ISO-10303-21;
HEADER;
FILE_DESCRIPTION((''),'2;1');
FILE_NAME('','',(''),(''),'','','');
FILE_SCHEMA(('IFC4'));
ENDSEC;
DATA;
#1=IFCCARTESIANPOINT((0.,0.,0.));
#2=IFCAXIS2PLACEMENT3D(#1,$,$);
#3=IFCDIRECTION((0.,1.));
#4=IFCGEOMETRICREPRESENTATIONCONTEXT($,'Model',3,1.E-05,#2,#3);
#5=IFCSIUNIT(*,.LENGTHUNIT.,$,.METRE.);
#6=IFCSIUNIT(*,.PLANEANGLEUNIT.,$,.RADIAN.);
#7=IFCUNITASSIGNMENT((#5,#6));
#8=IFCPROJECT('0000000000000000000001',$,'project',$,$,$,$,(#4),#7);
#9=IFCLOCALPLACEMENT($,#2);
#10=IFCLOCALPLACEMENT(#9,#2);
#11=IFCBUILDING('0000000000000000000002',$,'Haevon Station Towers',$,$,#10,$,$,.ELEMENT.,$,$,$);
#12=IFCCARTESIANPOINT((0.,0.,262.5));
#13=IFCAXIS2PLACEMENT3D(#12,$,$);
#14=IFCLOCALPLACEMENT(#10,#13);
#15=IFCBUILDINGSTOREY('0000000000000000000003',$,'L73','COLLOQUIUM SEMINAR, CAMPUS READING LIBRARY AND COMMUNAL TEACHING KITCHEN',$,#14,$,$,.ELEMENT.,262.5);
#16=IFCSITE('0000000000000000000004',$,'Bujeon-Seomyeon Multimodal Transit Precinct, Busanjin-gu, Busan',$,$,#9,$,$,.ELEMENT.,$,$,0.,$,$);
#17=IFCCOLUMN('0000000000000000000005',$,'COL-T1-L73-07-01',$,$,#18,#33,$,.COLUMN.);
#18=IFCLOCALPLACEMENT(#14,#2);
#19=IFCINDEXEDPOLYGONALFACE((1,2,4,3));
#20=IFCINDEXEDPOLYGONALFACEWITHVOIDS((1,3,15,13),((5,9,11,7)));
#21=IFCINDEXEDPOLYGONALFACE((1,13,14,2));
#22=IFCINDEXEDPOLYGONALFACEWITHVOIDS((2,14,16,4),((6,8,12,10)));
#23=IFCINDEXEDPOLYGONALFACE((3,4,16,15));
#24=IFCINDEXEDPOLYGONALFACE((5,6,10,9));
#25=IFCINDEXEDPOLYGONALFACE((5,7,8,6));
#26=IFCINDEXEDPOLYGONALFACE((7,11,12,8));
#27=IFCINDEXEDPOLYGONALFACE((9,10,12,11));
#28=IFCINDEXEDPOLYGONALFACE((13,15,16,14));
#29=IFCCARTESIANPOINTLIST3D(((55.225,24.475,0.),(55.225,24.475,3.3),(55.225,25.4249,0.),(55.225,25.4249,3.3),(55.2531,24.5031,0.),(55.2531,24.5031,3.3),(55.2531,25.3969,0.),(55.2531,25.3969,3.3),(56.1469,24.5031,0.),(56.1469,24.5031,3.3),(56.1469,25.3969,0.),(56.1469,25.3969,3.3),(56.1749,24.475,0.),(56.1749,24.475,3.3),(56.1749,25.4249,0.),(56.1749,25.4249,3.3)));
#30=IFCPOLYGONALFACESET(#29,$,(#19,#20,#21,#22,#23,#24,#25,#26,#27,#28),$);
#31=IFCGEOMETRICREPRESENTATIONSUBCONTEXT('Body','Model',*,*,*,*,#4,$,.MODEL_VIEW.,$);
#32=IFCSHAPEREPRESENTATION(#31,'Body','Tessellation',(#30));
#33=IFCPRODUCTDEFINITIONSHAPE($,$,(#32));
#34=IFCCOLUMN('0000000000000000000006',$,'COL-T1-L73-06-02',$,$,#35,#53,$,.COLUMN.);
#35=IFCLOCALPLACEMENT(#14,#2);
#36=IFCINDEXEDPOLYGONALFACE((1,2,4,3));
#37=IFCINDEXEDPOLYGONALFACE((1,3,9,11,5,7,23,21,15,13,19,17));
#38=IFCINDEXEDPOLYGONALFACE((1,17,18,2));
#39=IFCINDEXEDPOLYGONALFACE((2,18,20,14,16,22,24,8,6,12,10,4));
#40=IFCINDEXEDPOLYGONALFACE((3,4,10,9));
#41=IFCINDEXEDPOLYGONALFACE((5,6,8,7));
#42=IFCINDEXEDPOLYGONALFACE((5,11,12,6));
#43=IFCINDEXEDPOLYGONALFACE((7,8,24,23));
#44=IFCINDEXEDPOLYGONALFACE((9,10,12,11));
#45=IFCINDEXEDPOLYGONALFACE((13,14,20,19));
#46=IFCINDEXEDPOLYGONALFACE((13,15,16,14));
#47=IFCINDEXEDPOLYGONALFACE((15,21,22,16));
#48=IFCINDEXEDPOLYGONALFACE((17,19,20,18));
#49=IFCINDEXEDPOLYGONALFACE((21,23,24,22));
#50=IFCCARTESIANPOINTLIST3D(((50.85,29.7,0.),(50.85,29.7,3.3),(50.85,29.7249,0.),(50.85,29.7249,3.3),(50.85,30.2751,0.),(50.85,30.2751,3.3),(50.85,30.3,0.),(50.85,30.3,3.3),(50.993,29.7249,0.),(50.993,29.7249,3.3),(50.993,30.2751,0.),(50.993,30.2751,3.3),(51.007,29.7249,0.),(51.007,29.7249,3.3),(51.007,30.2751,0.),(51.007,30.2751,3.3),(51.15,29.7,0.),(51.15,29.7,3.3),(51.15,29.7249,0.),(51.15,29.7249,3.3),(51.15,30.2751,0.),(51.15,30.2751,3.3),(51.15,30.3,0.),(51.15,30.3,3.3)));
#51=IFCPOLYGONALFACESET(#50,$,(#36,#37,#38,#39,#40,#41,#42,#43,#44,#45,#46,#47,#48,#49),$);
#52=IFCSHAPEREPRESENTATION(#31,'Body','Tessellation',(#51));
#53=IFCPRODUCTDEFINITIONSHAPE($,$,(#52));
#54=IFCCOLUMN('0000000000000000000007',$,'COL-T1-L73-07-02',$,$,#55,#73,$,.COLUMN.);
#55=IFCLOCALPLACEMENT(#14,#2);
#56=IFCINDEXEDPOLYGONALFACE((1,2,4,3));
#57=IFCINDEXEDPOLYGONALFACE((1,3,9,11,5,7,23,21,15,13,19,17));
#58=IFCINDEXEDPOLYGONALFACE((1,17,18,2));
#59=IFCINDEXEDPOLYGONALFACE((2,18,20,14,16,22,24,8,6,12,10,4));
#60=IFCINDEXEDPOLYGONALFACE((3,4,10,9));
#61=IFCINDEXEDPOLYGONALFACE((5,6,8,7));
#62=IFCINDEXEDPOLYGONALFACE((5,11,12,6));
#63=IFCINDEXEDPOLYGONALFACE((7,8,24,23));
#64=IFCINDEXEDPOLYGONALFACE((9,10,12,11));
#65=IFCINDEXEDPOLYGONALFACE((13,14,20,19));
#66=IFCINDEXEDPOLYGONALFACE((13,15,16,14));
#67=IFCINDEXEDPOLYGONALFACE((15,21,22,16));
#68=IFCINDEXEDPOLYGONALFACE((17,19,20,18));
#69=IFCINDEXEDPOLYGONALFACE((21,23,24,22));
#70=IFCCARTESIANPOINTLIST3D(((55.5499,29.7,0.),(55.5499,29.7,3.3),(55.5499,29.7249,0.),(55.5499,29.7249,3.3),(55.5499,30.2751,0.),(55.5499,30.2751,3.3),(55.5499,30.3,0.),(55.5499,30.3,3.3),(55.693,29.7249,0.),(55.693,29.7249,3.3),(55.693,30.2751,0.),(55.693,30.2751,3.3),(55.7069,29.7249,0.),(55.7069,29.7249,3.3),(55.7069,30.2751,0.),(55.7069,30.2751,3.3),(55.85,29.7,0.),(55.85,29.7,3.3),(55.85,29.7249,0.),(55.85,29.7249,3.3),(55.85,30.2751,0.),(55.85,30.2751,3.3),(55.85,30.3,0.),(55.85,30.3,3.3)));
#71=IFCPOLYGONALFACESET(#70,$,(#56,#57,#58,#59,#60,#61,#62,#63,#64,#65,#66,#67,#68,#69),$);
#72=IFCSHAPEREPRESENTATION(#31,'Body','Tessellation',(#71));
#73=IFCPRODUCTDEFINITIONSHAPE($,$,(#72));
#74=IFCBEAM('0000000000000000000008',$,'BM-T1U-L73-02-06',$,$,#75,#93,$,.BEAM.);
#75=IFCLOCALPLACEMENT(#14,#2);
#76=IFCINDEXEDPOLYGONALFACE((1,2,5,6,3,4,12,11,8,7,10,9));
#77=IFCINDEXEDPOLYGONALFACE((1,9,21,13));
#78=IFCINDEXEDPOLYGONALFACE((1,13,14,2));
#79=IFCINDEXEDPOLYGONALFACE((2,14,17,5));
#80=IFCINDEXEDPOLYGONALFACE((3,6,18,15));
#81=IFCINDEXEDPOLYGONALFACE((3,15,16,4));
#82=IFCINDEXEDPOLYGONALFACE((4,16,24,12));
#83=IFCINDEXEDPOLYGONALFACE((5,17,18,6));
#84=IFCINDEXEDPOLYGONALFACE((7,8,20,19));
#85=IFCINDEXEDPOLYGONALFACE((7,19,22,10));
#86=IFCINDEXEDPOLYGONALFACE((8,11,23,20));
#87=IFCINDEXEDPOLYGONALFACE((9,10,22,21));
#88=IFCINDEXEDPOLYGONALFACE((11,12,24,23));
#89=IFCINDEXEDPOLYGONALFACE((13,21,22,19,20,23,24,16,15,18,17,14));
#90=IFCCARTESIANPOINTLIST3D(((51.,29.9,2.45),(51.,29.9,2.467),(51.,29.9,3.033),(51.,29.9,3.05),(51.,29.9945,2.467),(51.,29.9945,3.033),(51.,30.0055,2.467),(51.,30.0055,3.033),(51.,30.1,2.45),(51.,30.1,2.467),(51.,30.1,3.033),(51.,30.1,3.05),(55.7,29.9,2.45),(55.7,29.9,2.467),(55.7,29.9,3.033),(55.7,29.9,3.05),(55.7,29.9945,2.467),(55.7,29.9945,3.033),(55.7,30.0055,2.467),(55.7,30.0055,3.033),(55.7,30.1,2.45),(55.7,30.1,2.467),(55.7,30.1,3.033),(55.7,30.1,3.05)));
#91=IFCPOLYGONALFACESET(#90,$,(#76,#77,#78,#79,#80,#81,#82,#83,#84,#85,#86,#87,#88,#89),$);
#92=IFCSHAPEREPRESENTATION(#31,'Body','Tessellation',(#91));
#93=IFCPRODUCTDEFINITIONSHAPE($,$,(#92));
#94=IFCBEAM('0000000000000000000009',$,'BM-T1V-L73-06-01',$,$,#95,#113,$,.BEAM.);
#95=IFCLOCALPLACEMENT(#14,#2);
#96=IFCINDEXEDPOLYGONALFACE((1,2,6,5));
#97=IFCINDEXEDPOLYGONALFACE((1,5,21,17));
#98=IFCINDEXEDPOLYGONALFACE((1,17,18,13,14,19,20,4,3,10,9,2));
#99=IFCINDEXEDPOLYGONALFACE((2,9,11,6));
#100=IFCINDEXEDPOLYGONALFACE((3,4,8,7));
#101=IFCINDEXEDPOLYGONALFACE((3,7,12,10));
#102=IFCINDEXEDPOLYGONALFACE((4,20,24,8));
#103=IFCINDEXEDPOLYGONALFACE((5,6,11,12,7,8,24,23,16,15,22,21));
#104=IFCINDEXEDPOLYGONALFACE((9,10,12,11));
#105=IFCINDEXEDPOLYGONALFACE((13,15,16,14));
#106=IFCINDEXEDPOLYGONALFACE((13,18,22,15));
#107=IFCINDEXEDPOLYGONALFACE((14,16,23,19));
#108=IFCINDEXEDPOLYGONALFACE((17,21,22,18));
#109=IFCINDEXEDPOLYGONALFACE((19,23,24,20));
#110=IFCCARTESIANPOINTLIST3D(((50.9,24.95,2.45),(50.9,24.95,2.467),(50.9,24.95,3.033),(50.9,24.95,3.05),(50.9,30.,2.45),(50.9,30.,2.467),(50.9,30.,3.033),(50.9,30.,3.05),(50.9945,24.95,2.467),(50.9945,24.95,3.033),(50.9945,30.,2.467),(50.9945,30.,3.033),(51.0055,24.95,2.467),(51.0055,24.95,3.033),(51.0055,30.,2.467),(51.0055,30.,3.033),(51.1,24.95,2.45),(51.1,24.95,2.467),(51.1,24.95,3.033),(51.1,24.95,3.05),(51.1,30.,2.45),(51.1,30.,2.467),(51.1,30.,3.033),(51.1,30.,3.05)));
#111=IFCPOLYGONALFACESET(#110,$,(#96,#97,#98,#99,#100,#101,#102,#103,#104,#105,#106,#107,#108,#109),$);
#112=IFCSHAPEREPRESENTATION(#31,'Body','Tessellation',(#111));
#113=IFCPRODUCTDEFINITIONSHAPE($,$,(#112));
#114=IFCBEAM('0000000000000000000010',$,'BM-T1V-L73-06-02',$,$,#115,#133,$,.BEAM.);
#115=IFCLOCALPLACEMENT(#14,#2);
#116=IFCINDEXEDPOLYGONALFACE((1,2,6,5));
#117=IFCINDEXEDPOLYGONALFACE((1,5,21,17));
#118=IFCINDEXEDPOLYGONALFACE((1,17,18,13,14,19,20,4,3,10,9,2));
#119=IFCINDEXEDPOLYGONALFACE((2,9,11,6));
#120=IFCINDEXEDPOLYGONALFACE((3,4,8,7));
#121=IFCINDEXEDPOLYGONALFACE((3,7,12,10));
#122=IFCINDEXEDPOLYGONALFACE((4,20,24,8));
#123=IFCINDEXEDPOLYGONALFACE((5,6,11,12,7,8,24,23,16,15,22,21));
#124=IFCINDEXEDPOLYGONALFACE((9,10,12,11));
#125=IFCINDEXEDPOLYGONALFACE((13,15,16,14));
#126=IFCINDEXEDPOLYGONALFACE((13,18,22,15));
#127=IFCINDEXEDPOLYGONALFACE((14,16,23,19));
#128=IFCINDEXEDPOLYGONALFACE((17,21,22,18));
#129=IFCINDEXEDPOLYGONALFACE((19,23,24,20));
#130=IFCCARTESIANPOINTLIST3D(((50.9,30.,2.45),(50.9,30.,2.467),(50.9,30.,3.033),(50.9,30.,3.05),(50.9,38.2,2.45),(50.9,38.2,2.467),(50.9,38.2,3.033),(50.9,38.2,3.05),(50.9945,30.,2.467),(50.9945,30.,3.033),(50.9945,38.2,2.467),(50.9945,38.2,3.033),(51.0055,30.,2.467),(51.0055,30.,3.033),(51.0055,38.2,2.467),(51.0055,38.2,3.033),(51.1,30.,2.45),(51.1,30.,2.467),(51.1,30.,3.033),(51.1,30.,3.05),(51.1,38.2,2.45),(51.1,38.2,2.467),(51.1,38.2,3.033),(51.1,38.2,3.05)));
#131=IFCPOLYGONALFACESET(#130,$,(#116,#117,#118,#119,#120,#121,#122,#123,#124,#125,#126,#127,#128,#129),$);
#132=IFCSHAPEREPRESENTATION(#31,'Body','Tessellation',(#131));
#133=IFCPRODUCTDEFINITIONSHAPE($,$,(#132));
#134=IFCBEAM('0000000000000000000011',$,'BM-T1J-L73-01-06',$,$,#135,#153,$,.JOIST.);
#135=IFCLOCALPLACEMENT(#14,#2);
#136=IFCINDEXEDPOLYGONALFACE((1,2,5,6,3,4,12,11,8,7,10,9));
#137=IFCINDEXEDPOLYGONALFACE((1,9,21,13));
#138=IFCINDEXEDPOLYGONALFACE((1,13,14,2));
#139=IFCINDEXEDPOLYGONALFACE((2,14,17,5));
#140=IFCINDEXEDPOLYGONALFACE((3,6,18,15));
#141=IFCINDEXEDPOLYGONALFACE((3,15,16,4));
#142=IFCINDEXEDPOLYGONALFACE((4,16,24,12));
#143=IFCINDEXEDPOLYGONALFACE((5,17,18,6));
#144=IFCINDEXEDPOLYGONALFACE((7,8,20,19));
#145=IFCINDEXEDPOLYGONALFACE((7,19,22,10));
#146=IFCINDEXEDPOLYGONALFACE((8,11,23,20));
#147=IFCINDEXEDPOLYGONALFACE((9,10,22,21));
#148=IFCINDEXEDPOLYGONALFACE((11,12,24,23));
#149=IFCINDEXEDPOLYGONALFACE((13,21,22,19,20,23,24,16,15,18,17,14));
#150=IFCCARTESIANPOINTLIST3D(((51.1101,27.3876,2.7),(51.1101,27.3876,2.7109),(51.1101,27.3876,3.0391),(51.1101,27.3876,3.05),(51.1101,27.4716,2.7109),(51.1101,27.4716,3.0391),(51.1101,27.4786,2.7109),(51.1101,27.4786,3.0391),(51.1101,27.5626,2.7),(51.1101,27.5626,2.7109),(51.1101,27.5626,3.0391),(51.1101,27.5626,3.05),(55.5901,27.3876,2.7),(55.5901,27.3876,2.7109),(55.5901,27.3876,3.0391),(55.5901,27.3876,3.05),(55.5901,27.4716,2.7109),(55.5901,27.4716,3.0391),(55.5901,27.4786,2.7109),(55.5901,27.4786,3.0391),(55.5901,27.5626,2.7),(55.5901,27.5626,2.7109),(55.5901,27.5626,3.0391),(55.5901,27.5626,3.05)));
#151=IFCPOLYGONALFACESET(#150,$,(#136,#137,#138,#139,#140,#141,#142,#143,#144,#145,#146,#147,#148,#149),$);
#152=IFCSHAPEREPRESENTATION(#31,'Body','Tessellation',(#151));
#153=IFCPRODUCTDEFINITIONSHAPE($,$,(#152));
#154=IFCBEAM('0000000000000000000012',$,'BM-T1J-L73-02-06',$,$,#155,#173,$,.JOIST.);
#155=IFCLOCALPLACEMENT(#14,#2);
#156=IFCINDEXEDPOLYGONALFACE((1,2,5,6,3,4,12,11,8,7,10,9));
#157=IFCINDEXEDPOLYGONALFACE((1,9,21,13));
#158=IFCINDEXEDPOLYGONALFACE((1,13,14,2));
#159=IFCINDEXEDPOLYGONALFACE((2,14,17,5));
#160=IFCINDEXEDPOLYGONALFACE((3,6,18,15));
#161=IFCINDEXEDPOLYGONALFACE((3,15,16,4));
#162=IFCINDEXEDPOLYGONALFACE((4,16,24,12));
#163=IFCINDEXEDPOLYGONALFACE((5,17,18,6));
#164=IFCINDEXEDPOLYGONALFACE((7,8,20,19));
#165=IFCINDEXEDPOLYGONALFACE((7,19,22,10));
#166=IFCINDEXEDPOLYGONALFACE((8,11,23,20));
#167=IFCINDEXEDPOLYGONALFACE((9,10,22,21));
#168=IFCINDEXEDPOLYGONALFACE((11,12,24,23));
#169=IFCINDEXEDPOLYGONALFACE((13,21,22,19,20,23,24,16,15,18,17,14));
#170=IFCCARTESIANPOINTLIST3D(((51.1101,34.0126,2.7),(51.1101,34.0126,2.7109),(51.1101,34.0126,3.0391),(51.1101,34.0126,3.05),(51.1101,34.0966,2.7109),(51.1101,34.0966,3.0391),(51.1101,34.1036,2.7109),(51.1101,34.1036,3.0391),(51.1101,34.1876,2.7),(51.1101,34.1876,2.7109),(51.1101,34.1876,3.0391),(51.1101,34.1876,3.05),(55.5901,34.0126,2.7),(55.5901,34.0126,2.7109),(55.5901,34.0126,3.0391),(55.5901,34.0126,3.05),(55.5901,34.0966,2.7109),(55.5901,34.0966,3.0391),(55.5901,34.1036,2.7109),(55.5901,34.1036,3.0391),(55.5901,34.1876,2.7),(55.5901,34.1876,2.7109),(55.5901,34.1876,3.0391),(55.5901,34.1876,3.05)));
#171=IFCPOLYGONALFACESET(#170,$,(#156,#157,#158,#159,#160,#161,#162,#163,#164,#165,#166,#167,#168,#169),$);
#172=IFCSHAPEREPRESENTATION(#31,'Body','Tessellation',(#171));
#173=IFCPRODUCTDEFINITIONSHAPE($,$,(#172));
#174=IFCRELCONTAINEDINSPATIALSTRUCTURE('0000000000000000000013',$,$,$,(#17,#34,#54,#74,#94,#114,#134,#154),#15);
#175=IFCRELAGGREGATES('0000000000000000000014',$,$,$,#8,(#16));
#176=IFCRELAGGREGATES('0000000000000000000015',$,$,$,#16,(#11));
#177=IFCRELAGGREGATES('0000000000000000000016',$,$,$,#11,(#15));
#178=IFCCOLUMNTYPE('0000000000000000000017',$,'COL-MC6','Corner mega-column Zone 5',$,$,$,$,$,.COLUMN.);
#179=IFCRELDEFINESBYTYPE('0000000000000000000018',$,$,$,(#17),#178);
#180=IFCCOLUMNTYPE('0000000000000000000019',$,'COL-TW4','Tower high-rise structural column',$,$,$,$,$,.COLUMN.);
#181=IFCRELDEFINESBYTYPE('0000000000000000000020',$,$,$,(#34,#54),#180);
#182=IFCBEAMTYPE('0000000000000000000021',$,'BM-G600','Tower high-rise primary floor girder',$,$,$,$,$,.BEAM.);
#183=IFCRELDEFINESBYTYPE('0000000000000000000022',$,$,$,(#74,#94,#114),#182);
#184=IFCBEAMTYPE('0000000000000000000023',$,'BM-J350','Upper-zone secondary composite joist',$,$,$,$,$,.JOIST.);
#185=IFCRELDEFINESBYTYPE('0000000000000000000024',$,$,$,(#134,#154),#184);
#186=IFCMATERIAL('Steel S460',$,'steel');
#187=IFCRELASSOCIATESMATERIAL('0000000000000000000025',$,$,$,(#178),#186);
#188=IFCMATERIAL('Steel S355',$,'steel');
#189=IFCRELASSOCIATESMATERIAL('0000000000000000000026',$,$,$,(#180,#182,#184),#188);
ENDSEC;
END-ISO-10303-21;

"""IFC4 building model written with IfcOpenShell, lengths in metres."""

from ifc_helpers import new_model, si_unit, direction, frame, origin, origin_2d, place, context, subcontext, project, spatial, hollow_rectangle, i_section, extrude, material, material_profile, profile_set, type_object, element, save


model = new_model("IFC4")

# Units and contexts
model_context = context("Model", 3, precision=1e-05, world=origin(), true_north=direction((0.0, 1.0)))
body_context = subcontext(model_context, "Body", "Model", "MODEL_VIEW")
ifc_project = project(units=[si_unit("LENGTHUNIT", "METRE"), si_unit("PLANEANGLEUNIT", "RADIAN")], contexts=[model_context])

# Site, building, storey
site_placement = place(None, origin())
site = spatial("IfcSite", under=ifc_project, at=site_placement, Name="Bujeon-Seomyeon Multimodal Transit Precinct, Busanjin-gu, Busan", CompositionType="ELEMENT", RefElevation=0.0)
building_placement = place(site_placement, origin())
building = spatial("IfcBuilding", under=site, at=building_placement, Name="Haevon Station Towers", CompositionType="ELEMENT")
storey_placement = place(building_placement, frame((0.0, 0.0, 262.5)))
storey = spatial("IfcBuildingStorey", under=building, at=storey_placement, Name="L73", Description="COLLOQUIUM SEMINAR, CAMPUS READING LIBRARY AND COMMUNAL TEACHING KITCHEN", CompositionType="ELEMENT", Elevation=262.5)

# Columns
ifc_material_1 = material(Name="Steel S460", Category="steel")
ifc_material_profile_1 = material_profile(ifc_material_1, hollow_rectangle(XDim=0.95, YDim=0.95, WallThickness=0.0281, at=origin_2d()), Name="BOX-950x950x28")
ifc_profile_set_1 = profile_set([ifc_material_profile_1], Name="Steel S460")
column_type_1 = type_object("IfcColumnType", Name="COL-MC6", Description="Corner mega-column Zone 5", PredefinedType="COLUMN", material=ifc_profile_set_1)
column_placement = place(storey_placement, frame((55.7, 24.95, 0.0), z_axis=(0.0, 0.0, 1.0), x_axis=(1.0, 0.0, 0.0)))
element("IfcColumn", 1, at=column_placement, inside=storey, type_object=column_type_1, Name="COL-T1-L73-07-01", PredefinedType="COLUMN", context=body_context, shape_type="SweptSolid", body=[
    extrude(hollow_rectangle(XDim=0.95, YDim=0.95, WallThickness=0.0281, at=origin_2d()), origin(), (0.0, 0.0, 1.0), 3.3),
])
ifc_material_2 = material(Name="Steel S355", Category="steel")
ifc_material_profile_2 = material_profile(ifc_material_2, i_section(OverallWidth=0.3, OverallDepth=0.6001, WebThickness=0.0139, FlangeThickness=0.0249, at=origin_2d()), Name="H-600x300x14x25")
ifc_profile_set_2 = profile_set([ifc_material_profile_2], Name="Steel S355")
column_type_2 = type_object("IfcColumnType", Name="COL-TW4", Description="Tower high-rise structural column", PredefinedType="COLUMN", material=ifc_profile_set_2)
for number, where, z_axis, x_axis, name in (
    (2, (51.0, 30.0, 0.0), (0.0, 0.0, 1.0), (1.0, 0.0, 0.0), "COL-T1-L73-06-02"),
    (3, (55.7, 30.0, 0.0), (0.0, 0.0, 1.0), (1.0, 0.0, 0.0), "COL-T1-L73-07-02"),
):
    element("IfcColumn", number, at=place(storey_placement, frame(where, z_axis=z_axis, x_axis=x_axis)), inside=storey, type_object=column_type_2, Name=name, PredefinedType="COLUMN", context=body_context, shape_type="SweptSolid", body=[
        extrude(i_section(OverallWidth=0.3, OverallDepth=0.6001, WebThickness=0.0139, FlangeThickness=0.0249, at=origin_2d()), origin(), (0.0, 0.0, 1.0), 3.3),
    ])

# Beams
ifc_material_profile_3 = material_profile(ifc_material_2, i_section(OverallWidth=0.2, OverallDepth=0.6001, WebThickness=0.011, FlangeThickness=0.0171, at=origin_2d()), Name="H-600x200x11x17")
ifc_profile_set_3 = profile_set([ifc_material_profile_3], Name="Steel S355")
beam_type_1 = type_object("IfcBeamType", Name="BM-G600", Description="Tower high-rise primary floor girder", PredefinedType="BEAM", material=ifc_profile_set_3)
beam_1_placement = place(storey_placement, frame((51.0, 30.0, 2.75), z_axis=(1.0, 0.0, 0.0), x_axis=(0.0, 1.0, 0.0)))
element("IfcBeam", 4, at=beam_1_placement, inside=storey, type_object=beam_type_1, Name="BM-T1U-L73-02-06", PredefinedType="BEAM", context=body_context, shape_type="SweptSolid", body=[
    extrude(i_section(OverallWidth=0.2, OverallDepth=0.6001, WebThickness=0.011, FlangeThickness=0.0171, at=origin_2d()), origin(), (0.0, 0.0, 1.0), 4.7),
])
beam_2_placement = place(storey_placement, frame((51.0, 24.95, 2.75), z_axis=(0.0, 1.0, 0.0), x_axis=(-1.0, 0.0, 0.0)))
element("IfcBeam", 5, at=beam_2_placement, inside=storey, type_object=beam_type_1, Name="BM-T1V-L73-06-01", PredefinedType="BEAM", context=body_context, shape_type="SweptSolid", body=[
    extrude(i_section(OverallWidth=0.2, OverallDepth=0.6001, WebThickness=0.011, FlangeThickness=0.0171, at=origin_2d()), origin(), (0.0, 0.0, 1.0), 5.05),
])
beam_3_placement = place(storey_placement, frame((51.0, 30.0, 2.75), z_axis=(0.0, 1.0, 0.0), x_axis=(-1.0, 0.0, 0.0)))
element("IfcBeam", 6, at=beam_3_placement, inside=storey, type_object=beam_type_1, Name="BM-T1V-L73-06-02", PredefinedType="BEAM", context=body_context, shape_type="SweptSolid", body=[
    extrude(i_section(OverallWidth=0.2, OverallDepth=0.6001, WebThickness=0.011, FlangeThickness=0.0171, at=origin_2d()), origin(), (0.0, 0.0, 1.0), 8.2),
])
ifc_material_profile_4 = material_profile(ifc_material_2, i_section(OverallWidth=0.175, OverallDepth=0.3501, WebThickness=0.0071, FlangeThickness=0.011, at=origin_2d()), Name="H-350x175x7x11")
ifc_profile_set_4 = profile_set([ifc_material_profile_4], Name="Steel S355")
beam_type_2 = type_object("IfcBeamType", Name="BM-J350", Description="Upper-zone secondary composite joist", PredefinedType="JOIST", material=ifc_profile_set_4)
for number, where, z_axis, x_axis, name in (
    (7, (51.1101, 27.4751, 2.875), (1.0, 0.0, 0.0), (0.0, 1.0, 0.0), "BM-T1J-L73-01-06"),
    (8, (51.1101, 34.1001, 2.875), (1.0, 0.0, 0.0), (0.0, 1.0, 0.0), "BM-T1J-L73-02-06"),
):
    element("IfcBeam", number, at=place(storey_placement, frame(where, z_axis=z_axis, x_axis=x_axis)), inside=storey, type_object=beam_type_2, Name=name, PredefinedType="JOIST", context=body_context, shape_type="SweptSolid", body=[
        extrude(i_section(OverallWidth=0.175, OverallDepth=0.3501, WebThickness=0.0071, FlangeThickness=0.011, at=origin_2d()), origin(), (0.0, 0.0, 1.0), 4.48),
    ])

save(model, "model.ifc")
